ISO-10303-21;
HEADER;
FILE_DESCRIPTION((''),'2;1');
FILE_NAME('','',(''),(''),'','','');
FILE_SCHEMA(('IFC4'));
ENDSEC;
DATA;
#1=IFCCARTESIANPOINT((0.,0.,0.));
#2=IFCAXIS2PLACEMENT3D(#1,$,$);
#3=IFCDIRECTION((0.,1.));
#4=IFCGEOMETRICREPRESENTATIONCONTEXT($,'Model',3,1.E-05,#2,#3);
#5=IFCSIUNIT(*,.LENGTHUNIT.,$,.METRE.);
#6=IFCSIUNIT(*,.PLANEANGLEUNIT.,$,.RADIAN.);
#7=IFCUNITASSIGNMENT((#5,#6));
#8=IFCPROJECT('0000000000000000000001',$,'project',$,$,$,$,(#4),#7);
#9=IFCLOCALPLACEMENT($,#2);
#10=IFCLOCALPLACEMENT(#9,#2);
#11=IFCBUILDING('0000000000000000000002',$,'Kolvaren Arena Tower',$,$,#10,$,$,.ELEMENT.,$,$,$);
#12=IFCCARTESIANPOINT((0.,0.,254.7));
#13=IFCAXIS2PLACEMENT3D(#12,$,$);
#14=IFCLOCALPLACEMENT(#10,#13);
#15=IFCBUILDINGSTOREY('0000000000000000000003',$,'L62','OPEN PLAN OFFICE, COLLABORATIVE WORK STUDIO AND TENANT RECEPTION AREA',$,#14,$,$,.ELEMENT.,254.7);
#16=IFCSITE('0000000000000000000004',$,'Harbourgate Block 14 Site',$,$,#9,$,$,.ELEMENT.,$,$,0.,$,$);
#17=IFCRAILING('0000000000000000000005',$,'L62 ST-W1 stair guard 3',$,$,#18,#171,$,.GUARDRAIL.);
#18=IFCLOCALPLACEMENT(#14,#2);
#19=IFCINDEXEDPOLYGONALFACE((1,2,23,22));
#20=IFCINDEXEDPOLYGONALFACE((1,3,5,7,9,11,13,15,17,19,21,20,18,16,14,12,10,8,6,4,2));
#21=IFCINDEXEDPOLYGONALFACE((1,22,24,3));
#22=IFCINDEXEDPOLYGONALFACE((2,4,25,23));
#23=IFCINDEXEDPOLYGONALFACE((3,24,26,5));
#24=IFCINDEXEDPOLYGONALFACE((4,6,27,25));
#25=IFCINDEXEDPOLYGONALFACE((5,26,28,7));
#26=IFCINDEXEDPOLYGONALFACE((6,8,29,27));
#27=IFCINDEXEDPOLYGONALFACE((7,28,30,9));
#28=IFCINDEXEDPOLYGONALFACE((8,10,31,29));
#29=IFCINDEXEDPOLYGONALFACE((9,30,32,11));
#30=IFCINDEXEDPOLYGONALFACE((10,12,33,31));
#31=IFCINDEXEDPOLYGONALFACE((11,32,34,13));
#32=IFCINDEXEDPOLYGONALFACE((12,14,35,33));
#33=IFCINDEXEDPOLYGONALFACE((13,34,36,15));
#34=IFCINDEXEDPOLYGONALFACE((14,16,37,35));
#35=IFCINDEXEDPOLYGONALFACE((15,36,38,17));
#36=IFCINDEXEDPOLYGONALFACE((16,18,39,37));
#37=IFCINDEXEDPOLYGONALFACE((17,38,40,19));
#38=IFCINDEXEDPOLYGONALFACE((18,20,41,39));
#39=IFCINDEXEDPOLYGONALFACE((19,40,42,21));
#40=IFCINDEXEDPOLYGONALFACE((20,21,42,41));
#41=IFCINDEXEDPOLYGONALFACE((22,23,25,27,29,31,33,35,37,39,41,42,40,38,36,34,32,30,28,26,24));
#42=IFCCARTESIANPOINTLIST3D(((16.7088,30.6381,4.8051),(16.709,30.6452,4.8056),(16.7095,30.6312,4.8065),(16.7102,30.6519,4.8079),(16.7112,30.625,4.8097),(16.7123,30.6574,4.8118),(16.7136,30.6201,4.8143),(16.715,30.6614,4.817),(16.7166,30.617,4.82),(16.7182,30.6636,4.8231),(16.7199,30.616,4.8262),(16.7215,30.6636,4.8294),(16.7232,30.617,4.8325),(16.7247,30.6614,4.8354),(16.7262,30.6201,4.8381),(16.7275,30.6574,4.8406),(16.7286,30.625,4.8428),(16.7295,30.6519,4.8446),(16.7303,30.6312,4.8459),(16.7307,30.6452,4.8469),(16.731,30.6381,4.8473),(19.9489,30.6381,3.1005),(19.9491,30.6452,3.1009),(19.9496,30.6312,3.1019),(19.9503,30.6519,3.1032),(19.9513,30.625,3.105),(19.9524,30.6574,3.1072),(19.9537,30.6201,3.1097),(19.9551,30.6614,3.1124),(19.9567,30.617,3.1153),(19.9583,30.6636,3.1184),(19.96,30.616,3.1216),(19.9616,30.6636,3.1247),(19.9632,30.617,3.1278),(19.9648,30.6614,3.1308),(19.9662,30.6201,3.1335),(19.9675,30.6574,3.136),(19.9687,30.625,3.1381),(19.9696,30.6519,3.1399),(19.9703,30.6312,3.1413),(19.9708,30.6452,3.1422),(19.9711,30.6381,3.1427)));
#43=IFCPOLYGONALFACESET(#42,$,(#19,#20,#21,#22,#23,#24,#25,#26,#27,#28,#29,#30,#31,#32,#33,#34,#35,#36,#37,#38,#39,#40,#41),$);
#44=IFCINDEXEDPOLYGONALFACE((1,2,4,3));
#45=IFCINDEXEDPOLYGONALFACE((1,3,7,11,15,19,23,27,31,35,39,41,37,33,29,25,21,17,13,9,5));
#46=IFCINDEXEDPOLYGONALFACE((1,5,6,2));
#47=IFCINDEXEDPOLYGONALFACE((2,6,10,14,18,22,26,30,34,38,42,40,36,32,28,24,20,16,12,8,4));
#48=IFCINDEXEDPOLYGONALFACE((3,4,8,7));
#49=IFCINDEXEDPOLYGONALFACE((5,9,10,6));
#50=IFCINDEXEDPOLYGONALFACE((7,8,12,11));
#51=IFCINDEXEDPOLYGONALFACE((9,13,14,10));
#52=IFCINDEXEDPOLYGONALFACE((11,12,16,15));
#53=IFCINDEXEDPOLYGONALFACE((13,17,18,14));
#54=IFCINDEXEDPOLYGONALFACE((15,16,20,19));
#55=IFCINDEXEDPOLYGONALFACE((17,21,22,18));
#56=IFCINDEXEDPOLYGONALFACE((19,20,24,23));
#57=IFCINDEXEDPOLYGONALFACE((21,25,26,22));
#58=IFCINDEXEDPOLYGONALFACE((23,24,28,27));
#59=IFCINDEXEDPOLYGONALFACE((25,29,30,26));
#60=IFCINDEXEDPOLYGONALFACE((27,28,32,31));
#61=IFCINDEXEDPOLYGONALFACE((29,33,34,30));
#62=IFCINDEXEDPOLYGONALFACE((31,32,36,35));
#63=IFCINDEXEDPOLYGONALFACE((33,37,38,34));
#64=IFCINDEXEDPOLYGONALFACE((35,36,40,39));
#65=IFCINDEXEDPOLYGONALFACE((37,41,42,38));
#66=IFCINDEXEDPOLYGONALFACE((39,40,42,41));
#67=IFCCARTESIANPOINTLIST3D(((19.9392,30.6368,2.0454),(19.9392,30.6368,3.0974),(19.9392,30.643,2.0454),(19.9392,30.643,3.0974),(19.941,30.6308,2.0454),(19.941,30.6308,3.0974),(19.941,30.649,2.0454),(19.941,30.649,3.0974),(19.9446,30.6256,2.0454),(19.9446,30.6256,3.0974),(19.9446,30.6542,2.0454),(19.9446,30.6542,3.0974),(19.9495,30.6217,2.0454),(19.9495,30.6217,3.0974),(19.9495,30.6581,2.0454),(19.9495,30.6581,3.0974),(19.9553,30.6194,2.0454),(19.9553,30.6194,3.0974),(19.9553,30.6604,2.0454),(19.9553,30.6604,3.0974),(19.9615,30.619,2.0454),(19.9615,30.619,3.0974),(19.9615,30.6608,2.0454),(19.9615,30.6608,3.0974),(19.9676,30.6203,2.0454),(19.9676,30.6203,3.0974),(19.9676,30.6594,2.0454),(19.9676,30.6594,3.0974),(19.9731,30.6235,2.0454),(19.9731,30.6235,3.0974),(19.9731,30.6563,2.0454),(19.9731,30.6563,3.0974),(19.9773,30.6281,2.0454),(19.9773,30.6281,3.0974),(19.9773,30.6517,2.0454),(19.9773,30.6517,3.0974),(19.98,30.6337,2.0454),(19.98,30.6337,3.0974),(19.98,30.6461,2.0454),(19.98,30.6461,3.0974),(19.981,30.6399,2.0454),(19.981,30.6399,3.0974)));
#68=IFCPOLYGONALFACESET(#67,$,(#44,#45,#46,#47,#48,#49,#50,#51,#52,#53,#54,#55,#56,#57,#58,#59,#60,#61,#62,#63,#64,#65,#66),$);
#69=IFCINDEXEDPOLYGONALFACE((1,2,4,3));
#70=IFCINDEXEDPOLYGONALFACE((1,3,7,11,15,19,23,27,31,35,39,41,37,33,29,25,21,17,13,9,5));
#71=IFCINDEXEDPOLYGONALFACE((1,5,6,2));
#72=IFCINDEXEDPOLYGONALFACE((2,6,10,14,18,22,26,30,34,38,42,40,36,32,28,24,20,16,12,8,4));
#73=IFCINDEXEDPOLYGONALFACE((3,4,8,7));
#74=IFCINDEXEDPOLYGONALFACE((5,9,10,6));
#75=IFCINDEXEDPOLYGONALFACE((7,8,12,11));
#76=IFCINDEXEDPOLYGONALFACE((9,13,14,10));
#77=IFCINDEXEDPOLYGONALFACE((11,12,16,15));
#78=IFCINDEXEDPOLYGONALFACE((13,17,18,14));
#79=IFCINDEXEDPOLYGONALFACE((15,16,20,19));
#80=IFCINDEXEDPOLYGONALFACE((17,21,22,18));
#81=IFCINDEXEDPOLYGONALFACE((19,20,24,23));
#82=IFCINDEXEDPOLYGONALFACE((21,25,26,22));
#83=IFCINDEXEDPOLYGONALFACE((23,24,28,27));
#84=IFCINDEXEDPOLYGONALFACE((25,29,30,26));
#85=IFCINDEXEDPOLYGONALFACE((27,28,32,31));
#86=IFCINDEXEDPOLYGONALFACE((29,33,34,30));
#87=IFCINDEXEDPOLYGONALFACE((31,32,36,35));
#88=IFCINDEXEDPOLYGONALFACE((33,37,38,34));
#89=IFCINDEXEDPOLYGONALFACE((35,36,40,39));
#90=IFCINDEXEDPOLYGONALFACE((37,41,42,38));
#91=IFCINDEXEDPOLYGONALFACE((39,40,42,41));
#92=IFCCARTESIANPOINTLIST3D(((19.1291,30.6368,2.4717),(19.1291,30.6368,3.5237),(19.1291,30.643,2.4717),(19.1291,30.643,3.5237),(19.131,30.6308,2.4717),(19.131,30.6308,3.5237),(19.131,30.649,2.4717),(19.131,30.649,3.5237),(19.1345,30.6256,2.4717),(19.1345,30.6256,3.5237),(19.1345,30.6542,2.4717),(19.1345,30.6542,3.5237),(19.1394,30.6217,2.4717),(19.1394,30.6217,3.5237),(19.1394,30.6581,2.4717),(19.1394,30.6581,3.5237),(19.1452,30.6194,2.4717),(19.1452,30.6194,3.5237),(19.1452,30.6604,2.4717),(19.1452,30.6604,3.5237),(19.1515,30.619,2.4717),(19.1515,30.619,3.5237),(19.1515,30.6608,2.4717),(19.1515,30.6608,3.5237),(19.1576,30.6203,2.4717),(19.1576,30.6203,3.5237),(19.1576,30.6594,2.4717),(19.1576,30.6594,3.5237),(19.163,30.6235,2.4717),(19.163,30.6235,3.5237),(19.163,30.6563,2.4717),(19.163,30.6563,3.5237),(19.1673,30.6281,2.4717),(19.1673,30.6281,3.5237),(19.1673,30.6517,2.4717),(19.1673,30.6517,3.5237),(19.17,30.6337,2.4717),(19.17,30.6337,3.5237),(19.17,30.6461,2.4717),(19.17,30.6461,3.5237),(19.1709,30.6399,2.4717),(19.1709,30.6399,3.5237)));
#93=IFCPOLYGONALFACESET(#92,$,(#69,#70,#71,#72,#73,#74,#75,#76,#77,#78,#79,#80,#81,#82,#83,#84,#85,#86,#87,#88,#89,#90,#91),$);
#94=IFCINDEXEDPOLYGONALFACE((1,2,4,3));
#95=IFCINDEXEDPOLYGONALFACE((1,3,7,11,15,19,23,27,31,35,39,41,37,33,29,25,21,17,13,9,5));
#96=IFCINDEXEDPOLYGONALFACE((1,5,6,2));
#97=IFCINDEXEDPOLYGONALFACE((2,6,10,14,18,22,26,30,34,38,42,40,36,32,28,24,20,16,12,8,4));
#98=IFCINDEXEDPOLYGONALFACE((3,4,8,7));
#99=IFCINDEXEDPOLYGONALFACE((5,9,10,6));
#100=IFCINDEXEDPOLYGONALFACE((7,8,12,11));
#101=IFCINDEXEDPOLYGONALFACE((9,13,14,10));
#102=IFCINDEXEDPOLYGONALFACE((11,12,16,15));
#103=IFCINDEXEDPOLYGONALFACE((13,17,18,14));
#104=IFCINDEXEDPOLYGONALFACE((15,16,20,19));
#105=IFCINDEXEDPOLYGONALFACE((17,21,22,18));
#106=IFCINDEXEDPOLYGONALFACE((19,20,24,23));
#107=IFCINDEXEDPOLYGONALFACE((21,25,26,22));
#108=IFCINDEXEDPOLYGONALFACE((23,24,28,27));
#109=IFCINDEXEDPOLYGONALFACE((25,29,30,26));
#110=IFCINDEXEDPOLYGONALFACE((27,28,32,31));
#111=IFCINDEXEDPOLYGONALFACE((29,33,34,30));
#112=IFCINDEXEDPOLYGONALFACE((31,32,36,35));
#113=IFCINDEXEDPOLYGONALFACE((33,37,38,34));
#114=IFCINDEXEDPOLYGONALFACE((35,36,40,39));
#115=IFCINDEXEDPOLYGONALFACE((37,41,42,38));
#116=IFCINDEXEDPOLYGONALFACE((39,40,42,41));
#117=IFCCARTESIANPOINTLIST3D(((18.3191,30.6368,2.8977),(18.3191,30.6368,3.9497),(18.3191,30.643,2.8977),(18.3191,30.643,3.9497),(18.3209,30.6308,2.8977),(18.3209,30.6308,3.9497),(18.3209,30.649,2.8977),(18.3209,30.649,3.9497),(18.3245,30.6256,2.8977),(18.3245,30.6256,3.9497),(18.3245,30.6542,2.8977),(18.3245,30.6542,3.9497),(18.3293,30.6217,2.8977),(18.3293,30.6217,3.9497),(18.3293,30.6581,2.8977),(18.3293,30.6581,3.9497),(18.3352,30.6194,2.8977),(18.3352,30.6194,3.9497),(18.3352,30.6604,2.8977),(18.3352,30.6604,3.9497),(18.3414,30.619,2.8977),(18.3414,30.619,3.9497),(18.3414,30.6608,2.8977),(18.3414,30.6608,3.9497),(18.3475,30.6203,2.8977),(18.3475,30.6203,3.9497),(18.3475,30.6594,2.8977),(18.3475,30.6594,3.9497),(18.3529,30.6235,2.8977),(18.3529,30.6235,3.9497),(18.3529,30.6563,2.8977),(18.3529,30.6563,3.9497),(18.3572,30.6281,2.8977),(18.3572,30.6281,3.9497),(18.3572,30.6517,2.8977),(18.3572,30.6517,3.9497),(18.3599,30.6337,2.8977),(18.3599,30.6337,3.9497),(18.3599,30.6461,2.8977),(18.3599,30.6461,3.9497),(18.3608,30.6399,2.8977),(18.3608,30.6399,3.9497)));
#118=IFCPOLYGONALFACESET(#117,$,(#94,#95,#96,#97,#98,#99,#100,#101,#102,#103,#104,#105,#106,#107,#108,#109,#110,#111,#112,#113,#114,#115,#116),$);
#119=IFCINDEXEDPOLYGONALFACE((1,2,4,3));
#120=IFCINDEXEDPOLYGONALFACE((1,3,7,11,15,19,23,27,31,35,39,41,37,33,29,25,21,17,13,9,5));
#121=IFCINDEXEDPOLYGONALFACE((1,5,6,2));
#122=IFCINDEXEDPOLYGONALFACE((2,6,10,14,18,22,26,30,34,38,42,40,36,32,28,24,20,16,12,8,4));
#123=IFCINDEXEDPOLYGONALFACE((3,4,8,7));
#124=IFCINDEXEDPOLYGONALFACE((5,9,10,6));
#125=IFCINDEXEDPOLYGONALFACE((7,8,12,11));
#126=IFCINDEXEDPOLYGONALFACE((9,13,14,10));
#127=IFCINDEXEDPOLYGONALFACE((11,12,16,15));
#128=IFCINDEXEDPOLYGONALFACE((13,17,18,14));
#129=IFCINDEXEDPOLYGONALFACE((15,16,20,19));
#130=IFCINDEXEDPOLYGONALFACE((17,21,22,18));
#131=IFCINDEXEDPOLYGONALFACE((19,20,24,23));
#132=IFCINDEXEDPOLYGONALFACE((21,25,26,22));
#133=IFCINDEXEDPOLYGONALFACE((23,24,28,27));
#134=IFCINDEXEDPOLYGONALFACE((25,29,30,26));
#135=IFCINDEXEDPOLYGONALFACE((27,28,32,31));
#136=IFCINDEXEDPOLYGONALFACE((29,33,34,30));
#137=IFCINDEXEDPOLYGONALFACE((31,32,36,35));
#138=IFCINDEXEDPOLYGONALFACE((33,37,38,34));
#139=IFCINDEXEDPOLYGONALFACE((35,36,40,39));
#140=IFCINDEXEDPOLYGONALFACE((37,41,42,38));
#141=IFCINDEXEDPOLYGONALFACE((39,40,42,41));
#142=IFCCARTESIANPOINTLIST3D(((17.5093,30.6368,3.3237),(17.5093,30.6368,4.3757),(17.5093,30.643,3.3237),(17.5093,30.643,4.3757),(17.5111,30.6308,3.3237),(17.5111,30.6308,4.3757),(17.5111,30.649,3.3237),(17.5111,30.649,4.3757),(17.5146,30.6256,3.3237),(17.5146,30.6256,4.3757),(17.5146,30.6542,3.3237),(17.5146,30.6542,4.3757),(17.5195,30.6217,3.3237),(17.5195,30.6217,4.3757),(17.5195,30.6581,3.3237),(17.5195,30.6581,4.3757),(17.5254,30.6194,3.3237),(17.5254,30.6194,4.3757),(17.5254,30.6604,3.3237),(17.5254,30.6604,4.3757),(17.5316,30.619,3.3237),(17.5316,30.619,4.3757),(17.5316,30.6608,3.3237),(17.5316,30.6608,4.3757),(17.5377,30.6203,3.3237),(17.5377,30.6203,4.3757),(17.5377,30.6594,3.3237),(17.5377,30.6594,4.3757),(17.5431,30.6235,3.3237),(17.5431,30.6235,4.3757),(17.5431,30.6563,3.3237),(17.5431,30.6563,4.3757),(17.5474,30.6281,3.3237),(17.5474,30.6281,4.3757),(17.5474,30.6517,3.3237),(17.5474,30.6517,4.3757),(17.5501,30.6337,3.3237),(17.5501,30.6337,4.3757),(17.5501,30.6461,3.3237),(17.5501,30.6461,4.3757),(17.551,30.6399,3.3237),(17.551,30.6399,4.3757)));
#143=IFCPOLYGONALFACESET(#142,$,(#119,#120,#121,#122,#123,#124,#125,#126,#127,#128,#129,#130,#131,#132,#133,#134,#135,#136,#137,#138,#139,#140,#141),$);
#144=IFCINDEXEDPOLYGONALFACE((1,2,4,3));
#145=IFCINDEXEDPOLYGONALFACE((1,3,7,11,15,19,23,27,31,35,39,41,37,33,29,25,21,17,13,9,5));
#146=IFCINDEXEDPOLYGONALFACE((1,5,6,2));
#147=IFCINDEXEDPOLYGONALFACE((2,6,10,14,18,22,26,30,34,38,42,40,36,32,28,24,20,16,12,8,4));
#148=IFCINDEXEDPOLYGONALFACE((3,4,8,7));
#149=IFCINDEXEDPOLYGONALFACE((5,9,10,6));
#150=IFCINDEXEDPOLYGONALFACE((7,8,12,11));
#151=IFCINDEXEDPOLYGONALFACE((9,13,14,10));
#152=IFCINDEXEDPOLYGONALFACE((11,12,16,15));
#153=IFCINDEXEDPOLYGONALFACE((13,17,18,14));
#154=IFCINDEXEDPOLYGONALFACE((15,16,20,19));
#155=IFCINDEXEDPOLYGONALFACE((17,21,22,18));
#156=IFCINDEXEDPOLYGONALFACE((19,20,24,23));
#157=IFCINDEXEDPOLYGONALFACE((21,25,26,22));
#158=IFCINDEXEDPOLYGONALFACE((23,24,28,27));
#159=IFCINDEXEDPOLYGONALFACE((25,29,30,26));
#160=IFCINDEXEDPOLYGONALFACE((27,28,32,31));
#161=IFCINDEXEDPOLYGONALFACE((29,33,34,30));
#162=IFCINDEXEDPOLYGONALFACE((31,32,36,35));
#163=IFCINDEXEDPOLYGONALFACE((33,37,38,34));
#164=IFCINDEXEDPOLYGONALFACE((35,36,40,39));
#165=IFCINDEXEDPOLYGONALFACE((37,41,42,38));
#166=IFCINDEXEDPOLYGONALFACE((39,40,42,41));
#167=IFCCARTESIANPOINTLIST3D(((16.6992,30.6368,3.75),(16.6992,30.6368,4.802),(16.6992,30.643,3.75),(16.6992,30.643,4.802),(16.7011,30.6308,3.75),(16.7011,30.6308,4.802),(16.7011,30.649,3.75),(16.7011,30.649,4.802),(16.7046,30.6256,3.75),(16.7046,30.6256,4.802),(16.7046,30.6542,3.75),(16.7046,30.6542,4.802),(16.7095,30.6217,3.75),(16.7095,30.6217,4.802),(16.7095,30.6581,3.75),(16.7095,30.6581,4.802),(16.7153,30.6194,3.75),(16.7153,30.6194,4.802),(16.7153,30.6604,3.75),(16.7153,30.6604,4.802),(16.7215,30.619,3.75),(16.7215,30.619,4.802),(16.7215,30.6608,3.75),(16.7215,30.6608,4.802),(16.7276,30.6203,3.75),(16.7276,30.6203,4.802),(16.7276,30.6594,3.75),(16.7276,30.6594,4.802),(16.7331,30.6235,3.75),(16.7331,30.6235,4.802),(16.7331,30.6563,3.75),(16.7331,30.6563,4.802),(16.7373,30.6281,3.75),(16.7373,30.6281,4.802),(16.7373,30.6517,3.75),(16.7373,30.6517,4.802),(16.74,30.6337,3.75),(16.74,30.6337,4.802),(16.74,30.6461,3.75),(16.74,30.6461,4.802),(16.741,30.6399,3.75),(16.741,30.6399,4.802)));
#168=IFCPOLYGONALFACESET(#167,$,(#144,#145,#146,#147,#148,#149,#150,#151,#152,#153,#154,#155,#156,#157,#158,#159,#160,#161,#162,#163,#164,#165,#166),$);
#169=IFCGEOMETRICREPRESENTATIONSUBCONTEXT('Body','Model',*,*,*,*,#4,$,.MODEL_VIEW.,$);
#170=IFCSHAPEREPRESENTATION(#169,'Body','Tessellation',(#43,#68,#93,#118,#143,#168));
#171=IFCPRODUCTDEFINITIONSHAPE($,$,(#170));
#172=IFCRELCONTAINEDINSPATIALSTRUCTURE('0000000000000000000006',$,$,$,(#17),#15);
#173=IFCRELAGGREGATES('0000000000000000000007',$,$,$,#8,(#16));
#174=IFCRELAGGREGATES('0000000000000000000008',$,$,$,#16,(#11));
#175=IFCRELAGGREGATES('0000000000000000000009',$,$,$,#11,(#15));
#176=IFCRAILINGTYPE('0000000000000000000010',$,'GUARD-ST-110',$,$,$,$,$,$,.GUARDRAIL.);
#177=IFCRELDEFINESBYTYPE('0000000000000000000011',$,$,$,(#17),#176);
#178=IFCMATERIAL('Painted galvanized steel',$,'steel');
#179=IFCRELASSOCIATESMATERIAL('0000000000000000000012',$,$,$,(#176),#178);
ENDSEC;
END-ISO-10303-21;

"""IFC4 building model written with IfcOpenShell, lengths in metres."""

from ifc_helpers import new_model, si_unit, direction, frame, origin, origin_2d, place, context, subcontext, project, spatial, circle, extrude, material, type_object, element, save


model = new_model("IFC4")

# Units and contexts
model_context = context("Model", 3, precision=1e-05, world=origin(), true_north=direction((0.0, 1.0)))
body_context = subcontext(model_context, "Body", "Model", "MODEL_VIEW")
ifc_project = project(units=[si_unit("LENGTHUNIT", "METRE"), si_unit("PLANEANGLEUNIT", "RADIAN")], contexts=[model_context])

# Site, building, storey
site_placement = place(None, origin())
site = spatial("IfcSite", under=ifc_project, at=site_placement, Name="Harbourgate Block 14 Site", CompositionType="ELEMENT", RefElevation=0.0)
building_placement = place(site_placement, origin())
building = spatial("IfcBuilding", under=site, at=building_placement, Name="Kolvaren Arena Tower", CompositionType="ELEMENT")
storey_placement = place(building_placement, frame((0.0, 0.0, 254.7)))
storey = spatial("IfcBuildingStorey", under=building, at=storey_placement, Name="L62", Description="OPEN PLAN OFFICE, COLLABORATIVE WORK STUDIO AND TENANT RECEPTION AREA", CompositionType="ELEMENT", Elevation=254.7)

# Railing
ifc_material_1 = material(Name="Painted galvanized steel", Category="steel")
railing_type_1 = type_object("IfcRailingType", Name="GUARD-ST-110", PredefinedType="GUARDRAIL", material=ifc_material_1)
railing_1_placement = place(storey_placement, frame((19.96, 30.6399, 2.0454)))
element("IfcRailing", 1, at=railing_1_placement, inside=storey, type_object=railing_type_1, Name="L62 ST-W1 stair guard 3", PredefinedType="GUARDRAIL", context=body_context, shape_type="SweptSolid", body=[
    extrude(circle(Radius=0.0239, at=origin_2d()), frame((0.0, 0.0, 1.0762), z_axis=(-0.884993, 0.0, 0.465604), x_axis=(0.0, -1.0, 0.0)), (0.0, 0.0, 1.0), 3.6611),
    extrude(circle(Radius=0.021, at=origin_2d()), origin(), (0.0, 0.0, 1.0), 1.052),
    extrude(circle(Radius=0.021, at=origin_2d()), frame((-0.8101, 0.0, 0.4263)), (0.0, 0.0, 1.0), 1.052),
    extrude(circle(Radius=0.021, at=origin_2d()), frame((-1.6201, 0.0, 0.8523)), (0.0, 0.0, 1.0), 1.052),
    extrude(circle(Radius=0.021, at=origin_2d()), frame((-2.4299, 0.0, 1.2783)), (0.0, 0.0, 1.0), 1.052),
    extrude(circle(Radius=0.021, at=origin_2d()), frame((-3.24, 0.0, 1.7046)), (0.0, 0.0, 1.0), 1.052),
])

save(model, "model.ifc")
